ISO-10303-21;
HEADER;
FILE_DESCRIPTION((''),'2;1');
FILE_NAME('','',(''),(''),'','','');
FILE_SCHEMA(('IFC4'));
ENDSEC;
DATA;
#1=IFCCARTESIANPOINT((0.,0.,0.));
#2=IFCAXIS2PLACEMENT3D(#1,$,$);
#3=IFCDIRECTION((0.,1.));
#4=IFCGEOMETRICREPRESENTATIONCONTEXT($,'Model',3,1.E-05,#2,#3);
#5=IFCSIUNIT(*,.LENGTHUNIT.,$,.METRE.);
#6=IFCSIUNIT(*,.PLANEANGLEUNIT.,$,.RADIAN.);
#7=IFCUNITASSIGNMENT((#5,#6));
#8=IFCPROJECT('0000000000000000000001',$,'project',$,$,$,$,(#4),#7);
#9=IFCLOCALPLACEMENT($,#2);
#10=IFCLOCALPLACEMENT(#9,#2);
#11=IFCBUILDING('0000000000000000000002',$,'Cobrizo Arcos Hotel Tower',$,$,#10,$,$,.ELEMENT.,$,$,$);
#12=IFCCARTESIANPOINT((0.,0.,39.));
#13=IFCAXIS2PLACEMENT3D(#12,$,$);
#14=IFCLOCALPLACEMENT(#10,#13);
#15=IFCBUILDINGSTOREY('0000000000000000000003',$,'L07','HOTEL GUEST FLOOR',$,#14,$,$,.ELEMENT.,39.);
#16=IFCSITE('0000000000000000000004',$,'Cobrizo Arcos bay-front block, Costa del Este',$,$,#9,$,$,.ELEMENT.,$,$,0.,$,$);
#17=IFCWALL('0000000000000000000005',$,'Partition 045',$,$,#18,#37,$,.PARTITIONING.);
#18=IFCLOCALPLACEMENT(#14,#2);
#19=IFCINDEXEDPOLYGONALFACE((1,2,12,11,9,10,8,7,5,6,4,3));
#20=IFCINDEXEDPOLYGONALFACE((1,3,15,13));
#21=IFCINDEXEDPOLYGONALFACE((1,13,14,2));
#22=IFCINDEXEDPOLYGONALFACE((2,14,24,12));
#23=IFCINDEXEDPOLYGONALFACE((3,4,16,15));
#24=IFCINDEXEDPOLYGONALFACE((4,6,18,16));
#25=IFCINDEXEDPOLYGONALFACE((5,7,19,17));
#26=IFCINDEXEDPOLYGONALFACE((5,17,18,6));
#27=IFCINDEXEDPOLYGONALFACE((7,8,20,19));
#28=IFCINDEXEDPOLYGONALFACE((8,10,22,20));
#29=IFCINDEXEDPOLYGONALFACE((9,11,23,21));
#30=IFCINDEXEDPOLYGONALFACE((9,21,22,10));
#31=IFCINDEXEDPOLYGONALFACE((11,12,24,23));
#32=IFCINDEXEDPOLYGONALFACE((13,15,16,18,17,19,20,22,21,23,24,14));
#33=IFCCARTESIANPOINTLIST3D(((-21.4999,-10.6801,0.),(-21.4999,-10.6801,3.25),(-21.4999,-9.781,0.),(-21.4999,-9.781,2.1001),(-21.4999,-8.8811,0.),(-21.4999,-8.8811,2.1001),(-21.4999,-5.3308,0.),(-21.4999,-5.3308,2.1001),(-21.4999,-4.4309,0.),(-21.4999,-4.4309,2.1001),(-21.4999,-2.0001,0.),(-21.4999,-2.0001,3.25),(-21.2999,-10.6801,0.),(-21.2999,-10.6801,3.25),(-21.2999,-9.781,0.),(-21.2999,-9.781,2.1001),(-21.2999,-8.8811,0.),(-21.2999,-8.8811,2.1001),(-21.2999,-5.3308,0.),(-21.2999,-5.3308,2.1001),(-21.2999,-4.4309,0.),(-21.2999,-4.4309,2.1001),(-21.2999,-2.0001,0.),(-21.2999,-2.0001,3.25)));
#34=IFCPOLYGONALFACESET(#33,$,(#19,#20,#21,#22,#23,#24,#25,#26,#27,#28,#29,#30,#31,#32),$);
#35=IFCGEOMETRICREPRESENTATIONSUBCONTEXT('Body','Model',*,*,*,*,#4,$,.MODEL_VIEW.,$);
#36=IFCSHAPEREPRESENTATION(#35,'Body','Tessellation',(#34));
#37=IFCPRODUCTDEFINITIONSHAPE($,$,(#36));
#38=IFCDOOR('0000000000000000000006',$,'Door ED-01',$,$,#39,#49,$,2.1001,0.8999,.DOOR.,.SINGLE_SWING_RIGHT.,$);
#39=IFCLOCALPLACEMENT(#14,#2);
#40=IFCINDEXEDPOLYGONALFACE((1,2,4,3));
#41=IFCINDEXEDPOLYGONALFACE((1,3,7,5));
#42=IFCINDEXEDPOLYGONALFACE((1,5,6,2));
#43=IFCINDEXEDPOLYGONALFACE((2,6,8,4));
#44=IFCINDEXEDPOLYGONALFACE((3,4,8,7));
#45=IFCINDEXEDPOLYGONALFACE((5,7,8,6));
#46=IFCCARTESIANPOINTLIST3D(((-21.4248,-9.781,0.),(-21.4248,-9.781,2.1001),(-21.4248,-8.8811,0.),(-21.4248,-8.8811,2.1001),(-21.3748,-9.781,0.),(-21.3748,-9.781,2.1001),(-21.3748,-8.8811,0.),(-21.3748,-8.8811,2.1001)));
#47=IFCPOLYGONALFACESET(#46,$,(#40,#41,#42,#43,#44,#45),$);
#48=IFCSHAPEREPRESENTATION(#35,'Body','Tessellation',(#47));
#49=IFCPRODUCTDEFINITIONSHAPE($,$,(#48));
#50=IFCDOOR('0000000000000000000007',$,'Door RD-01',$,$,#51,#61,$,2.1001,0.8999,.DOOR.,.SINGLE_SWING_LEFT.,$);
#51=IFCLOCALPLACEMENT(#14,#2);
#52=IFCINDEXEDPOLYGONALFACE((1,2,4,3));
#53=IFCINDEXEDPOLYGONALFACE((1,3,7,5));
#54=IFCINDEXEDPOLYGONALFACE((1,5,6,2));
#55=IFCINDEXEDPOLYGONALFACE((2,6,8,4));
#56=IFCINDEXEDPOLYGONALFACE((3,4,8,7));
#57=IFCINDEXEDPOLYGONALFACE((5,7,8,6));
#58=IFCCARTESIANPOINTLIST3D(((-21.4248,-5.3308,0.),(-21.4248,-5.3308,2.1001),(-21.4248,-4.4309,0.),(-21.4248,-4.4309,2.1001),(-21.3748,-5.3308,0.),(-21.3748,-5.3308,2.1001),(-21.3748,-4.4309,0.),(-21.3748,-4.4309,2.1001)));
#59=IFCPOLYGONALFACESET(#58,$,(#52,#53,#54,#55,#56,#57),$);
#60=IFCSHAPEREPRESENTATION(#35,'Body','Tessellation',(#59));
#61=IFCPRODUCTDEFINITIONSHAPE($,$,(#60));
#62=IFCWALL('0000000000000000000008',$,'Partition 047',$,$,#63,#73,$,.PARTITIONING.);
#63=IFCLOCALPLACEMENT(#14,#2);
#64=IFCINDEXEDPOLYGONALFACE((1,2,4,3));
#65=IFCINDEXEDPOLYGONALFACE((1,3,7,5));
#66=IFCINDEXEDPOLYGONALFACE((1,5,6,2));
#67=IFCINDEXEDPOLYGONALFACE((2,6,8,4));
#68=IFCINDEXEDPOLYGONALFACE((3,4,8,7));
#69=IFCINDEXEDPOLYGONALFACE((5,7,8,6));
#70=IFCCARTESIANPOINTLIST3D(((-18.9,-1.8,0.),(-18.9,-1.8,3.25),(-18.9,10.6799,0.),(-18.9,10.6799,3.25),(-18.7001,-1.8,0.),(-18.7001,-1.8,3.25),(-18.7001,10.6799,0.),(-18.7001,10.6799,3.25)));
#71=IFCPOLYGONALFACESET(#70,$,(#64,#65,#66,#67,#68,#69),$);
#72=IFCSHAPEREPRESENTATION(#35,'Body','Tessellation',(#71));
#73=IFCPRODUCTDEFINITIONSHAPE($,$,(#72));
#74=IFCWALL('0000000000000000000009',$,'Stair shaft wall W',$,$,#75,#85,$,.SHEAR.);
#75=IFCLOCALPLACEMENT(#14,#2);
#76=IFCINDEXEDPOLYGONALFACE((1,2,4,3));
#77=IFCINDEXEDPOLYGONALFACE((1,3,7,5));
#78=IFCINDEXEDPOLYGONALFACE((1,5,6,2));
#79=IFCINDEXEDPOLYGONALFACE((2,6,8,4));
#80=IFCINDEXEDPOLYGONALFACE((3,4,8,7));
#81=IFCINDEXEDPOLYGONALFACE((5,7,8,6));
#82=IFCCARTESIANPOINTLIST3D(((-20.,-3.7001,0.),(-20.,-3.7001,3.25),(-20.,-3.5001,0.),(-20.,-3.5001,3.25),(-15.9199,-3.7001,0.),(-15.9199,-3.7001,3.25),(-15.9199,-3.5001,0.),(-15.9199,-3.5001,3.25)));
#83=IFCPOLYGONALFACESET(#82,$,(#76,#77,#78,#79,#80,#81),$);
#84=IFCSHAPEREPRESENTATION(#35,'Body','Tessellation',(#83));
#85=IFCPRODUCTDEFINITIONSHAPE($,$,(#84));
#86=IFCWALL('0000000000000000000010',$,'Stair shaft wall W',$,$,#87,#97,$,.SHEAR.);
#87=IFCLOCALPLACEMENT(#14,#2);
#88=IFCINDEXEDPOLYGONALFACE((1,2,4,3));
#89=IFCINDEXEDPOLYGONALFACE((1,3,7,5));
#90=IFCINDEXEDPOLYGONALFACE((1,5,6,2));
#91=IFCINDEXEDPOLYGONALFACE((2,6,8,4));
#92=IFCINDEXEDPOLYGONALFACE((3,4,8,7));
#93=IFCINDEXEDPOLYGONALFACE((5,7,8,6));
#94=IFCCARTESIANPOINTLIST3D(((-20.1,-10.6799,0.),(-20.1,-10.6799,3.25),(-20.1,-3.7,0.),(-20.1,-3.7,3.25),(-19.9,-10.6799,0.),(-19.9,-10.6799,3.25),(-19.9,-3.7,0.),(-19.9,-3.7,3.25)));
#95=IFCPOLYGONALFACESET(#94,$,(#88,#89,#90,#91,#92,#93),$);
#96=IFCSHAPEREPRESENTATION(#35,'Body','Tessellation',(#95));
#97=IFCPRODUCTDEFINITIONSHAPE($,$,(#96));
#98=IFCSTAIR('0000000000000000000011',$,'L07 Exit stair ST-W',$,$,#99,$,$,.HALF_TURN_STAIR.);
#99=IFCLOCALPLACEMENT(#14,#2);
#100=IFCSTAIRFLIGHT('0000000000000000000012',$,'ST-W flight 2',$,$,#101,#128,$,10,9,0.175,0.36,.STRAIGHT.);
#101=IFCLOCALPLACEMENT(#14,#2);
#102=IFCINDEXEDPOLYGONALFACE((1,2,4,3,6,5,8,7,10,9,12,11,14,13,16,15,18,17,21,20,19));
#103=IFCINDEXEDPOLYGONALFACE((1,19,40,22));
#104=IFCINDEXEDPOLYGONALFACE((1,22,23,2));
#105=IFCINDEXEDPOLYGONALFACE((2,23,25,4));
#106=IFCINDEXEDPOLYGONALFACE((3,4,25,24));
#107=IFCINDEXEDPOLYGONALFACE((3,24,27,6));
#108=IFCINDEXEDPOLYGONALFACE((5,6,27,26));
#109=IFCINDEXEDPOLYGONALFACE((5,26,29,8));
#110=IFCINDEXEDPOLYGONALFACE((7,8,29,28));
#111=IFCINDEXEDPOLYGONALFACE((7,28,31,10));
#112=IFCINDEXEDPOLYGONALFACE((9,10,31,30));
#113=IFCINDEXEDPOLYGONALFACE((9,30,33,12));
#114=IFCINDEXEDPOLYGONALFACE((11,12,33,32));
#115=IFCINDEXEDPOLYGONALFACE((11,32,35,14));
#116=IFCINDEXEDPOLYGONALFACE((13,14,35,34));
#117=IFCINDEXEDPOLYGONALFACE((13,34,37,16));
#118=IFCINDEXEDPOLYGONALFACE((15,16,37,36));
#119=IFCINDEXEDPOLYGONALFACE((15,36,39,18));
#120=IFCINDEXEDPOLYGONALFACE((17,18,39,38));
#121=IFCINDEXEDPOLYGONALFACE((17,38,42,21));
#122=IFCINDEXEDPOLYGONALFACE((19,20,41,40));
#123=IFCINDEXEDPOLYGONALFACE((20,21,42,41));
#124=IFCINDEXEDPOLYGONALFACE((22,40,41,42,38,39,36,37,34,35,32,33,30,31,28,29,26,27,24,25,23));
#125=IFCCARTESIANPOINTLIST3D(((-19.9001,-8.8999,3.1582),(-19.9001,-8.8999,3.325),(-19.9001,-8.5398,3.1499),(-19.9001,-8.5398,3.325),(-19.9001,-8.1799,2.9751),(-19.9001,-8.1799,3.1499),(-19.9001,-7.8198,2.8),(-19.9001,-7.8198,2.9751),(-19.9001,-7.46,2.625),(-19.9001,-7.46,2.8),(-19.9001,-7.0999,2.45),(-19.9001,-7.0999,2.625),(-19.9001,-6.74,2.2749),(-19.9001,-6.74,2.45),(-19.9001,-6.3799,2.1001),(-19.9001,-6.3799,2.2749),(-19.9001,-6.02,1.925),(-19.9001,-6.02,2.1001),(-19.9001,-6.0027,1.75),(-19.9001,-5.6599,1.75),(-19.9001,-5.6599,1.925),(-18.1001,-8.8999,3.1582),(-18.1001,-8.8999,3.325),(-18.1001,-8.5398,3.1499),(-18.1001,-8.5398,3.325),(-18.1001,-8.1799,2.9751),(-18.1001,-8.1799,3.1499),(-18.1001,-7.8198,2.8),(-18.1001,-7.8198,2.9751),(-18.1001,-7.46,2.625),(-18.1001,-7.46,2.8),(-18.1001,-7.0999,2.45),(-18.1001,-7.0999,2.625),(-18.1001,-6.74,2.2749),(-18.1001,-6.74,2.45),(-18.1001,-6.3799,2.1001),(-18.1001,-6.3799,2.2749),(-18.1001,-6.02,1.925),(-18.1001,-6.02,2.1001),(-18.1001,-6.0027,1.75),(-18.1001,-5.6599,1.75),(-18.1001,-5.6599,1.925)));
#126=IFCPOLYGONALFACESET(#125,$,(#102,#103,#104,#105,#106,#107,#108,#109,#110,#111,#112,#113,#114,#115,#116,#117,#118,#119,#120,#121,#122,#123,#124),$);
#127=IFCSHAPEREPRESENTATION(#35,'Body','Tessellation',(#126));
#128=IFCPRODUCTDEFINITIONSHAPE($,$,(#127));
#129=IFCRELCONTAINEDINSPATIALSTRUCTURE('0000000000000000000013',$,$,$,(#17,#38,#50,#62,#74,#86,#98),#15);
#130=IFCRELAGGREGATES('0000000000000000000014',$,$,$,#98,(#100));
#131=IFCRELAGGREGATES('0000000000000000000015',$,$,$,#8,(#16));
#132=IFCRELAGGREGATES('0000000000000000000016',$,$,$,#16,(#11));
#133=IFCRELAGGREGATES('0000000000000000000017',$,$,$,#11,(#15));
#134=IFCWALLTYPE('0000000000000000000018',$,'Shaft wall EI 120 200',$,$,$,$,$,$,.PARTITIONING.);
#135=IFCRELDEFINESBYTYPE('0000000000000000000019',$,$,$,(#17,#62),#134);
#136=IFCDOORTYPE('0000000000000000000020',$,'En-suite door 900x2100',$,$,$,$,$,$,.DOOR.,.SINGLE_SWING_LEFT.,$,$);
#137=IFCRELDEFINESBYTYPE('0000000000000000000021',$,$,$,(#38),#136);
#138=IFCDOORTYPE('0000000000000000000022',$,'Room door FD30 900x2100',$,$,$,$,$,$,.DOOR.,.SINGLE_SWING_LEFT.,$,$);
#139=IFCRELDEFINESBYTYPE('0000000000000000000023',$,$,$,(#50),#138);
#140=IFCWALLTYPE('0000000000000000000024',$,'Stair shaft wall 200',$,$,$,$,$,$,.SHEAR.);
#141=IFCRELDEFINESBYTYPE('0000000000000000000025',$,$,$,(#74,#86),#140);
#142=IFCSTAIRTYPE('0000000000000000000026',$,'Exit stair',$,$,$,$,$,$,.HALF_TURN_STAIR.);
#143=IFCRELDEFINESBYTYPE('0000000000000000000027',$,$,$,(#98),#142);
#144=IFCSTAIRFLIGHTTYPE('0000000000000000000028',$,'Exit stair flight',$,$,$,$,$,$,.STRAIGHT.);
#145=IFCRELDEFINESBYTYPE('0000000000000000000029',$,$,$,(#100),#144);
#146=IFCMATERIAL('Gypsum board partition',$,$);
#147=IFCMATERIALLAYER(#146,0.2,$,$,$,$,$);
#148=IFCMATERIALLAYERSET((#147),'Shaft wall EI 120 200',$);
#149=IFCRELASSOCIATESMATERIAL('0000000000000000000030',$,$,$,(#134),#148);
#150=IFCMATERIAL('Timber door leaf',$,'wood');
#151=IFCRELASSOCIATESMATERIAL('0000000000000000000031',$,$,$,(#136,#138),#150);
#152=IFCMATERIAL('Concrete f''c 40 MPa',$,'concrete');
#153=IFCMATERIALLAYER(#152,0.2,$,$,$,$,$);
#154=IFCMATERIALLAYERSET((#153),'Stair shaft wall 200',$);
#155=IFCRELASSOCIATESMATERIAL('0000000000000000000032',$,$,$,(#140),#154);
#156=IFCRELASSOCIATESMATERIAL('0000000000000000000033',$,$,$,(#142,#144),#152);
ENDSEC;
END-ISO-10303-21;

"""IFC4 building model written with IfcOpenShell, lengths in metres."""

from ifc_helpers import new_model, si_unit, direction, frame, frame_2d, origin, place, context, subcontext, project, spatial, polyline, rectangle, outline, extrude, material, layer, layer_set, type_object, element, fill, aggregate, save


model = new_model("IFC4")

# Units and contexts
model_context = context("Model", 3, precision=1e-05, world=origin(), true_north=direction((0.0, 1.0)))
body_context = subcontext(model_context, "Body", "Model", "MODEL_VIEW")
ifc_project = project(units=[si_unit("LENGTHUNIT", "METRE"), si_unit("PLANEANGLEUNIT", "RADIAN")], contexts=[model_context])

# Site, building, storey
site_placement = place(None, origin())
site = spatial("IfcSite", under=ifc_project, at=site_placement, Name="Cobrizo Arcos bay-front block, Costa del Este", CompositionType="ELEMENT", RefElevation=0.0)
building_placement = place(site_placement, origin())
building = spatial("IfcBuilding", under=site, at=building_placement, Name="Cobrizo Arcos Hotel Tower", CompositionType="ELEMENT")
storey_placement = place(building_placement, frame((0.0, 0.0, 39.0)))
storey = spatial("IfcBuildingStorey", under=building, at=storey_placement, Name="L07", Description="HOTEL GUEST FLOOR", CompositionType="ELEMENT", Elevation=39.0)

# Shared definitions
ifc_material_1 = material(Name="Gypsum board partition")
ifc_layer_1 = layer(ifc_material_1, 0.2)
ifc_layer_set_1 = layer_set([ifc_layer_1], Name="Shaft wall EI 120 200")
wall_type_1 = type_object("IfcWallType", Name="Shaft wall EI 120 200", PredefinedType="PARTITIONING", material=ifc_layer_set_1)

# Wall, openings, doors
wall_1_placement = place(storey_placement, frame((-21.3999, -10.6799, 0.0), z_axis=(0.0, 0.0, 1.0), x_axis=(0.0, 1.0, 0.0)))
wall_1 = element("IfcWall", 1, at=wall_1_placement, inside=storey, type_object=wall_type_1, Name="Partition 045", PredefinedType="PARTITIONING", context=body_context, shape_type="SweptSolid", body=[
    extrude(rectangle(XDim=8.6799, YDim=0.2, at=frame_2d((4.3398, 0.0))), origin(), (0.0, 0.0, 1.0), 3.25),
])
opening_1_placement = place(wall_1_placement, frame((0.8989, 0.0, 0.0)))
opening_1 = element("IfcOpeningElement", 2, at=opening_1_placement, cuts=wall_1, PredefinedType="OPENING", context=body_context, shape_type="SweptSolid", body=[
    extrude(rectangle(XDim=0.8999, YDim=2.1001, at=frame_2d((0.45, 1.05))), frame((0.0, 0.1121, 0.0), z_axis=(0.0, -1.0, 0.0), x_axis=(1.0, 0.0, 0.0)), (0.0, 0.0, 1.0), 0.2239),
])
opening_2_placement = place(wall_1_placement, frame((5.3491, 0.0, 0.0)))
opening_2 = element("IfcOpeningElement", 3, at=opening_2_placement, cuts=wall_1, PredefinedType="OPENING", context=body_context, shape_type="SweptSolid", body=[
    extrude(rectangle(XDim=0.8999, YDim=2.1001, at=frame_2d((0.45, 1.05))), frame((0.0, 0.1121, 0.0), z_axis=(0.0, -1.0, 0.0), x_axis=(1.0, 0.0, 0.0)), (0.0, 0.0, 1.0), 0.2239),
])
ifc_material_2 = material(Name="Timber door leaf", Category="wood")
door_type_1 = type_object("IfcDoorType", Name="En-suite door 900x2100", OperationType="SINGLE_SWING_LEFT", PredefinedType="DOOR", material=ifc_material_2)
door_1_placement = place(opening_1_placement, origin())
door_1 = element("IfcDoor", 4, at=door_1_placement, inside=storey, type_object=door_type_1, Name="Door ED-01", OperationType="SINGLE_SWING_RIGHT", OverallHeight=2.1001, OverallWidth=0.8999, PredefinedType="DOOR", context=body_context, shape_type="SweptSolid", body=[
    extrude(rectangle(XDim=0.8999, YDim=2.1001, at=frame_2d((0.45, 1.05))), frame((0.0, 0.0249, 0.0), z_axis=(0.0, -1.0, 0.0), x_axis=(1.0, 0.0, 0.0)), (0.0, 0.0, 1.0), 0.05),
])
fill(opening_1, door_1)
door_type_2 = type_object("IfcDoorType", Name="Room door FD30 900x2100", OperationType="SINGLE_SWING_LEFT", PredefinedType="DOOR", material=ifc_material_2)
door_2_placement = place(opening_2_placement, origin())
door_2 = element("IfcDoor", 5, at=door_2_placement, inside=storey, type_object=door_type_2, Name="Door RD-01", OperationType="SINGLE_SWING_LEFT", OverallHeight=2.1001, OverallWidth=0.8999, PredefinedType="DOOR", context=body_context, shape_type="SweptSolid", body=[
    extrude(rectangle(XDim=0.8999, YDim=2.1001, at=frame_2d((0.45, 1.05))), frame((0.0, 0.0249, 0.0), z_axis=(0.0, -1.0, 0.0), x_axis=(1.0, 0.0, 0.0)), (0.0, 0.0, 1.0), 0.05),
])
fill(opening_2, door_2)

# Walls
wall_2_placement = place(storey_placement, frame((-18.8, -1.8, 0.0), z_axis=(0.0, 0.0, 1.0), x_axis=(0.0, 1.0, 0.0)))
element("IfcWall", 6, at=wall_2_placement, inside=storey, type_object=wall_type_1, Name="Partition 047", PredefinedType="PARTITIONING", context=body_context, shape_type="SweptSolid", body=[
    extrude(rectangle(XDim=12.48, YDim=0.2, at=frame_2d((6.24, 0.0))), origin(), (0.0, 0.0, 1.0), 3.25),
])
ifc_material_3 = material(Name="Concrete f'c 40 MPa", Category="concrete")
ifc_layer_2 = layer(ifc_material_3, 0.2)
ifc_layer_set_2 = layer_set([ifc_layer_2], Name="Stair shaft wall 200")
wall_type_2 = type_object("IfcWallType", Name="Stair shaft wall 200", PredefinedType="SHEAR", material=ifc_layer_set_2)
wall_3_placement = place(storey_placement, frame((-20.0, -3.6001, 0.0), z_axis=(0.0, 0.0, 1.0), x_axis=(1.0, 0.0, 0.0)))
element("IfcWall", 7, at=wall_3_placement, inside=storey, type_object=wall_type_2, Name="Stair shaft wall W", PredefinedType="SHEAR", context=body_context, shape_type="SweptSolid", body=[
    extrude(rectangle(XDim=4.0801, YDim=0.2, at=frame_2d((2.04, 0.0))), origin(), (0.0, 0.0, 1.0), 3.25),
])
wall_4_placement = place(storey_placement, frame((-20.0, -10.6799, 0.0), z_axis=(0.0, 0.0, 1.0), x_axis=(0.0, 1.0, 0.0)))
element("IfcWall", 8, at=wall_4_placement, inside=storey, type_object=wall_type_2, Name="Stair shaft wall W", PredefinedType="SHEAR", context=body_context, shape_type="SweptSolid", body=[
    extrude(rectangle(XDim=6.98, YDim=0.2, at=frame_2d((3.49, 0.0))), origin(), (0.0, 0.0, 1.0), 3.25),
])

# Stair, stair flight
stair_type = type_object("IfcStairType", Name="Exit stair", PredefinedType="HALF_TURN_STAIR", material=ifc_material_3)
stair_placement = place(storey_placement, origin())
stair = element("IfcStair", 9, at=stair_placement, inside=storey, type_object=stair_type, Name="L07 Exit stair ST-W", PredefinedType="HALF_TURN_STAIR")
stair_flight_type = type_object("IfcStairFlightType", Name="Exit stair flight", PredefinedType="STRAIGHT", material=ifc_material_3)
stair_flight_placement = place(storey_placement, frame((-19.0, -5.6599, 1.75), z_axis=(0.0, 0.0, 1.0), x_axis=(0.0, -1.0, 0.0)))
stair_flight = element("IfcStairFlight", 10, at=stair_flight_placement, type_object=stair_flight_type, Name="ST-W flight 2", NumberOfRisers=10, NumberOfTreads=9, PredefinedType="STRAIGHT", RiserHeight=0.175, TreadLength=0.36, context=body_context, shape_type="SweptSolid", body=[
    extrude(outline(polyline([(0.0, 0.0), (0.0, 0.175), (0.3601, 0.175), (0.3601, 0.3501), (0.72, 0.3501), (0.72, 0.5249), (1.0801, 0.5249), (1.0801, 0.7), (1.4399, 0.7), (1.4399, 0.875), (1.8, 0.875), (1.8, 1.05), (2.1599, 1.05), (2.1599, 1.2251), (2.52, 1.2251), (2.52, 1.3999), (2.8799, 1.3999), (2.8799, 1.575), (3.24, 1.575), (3.24, 1.75), (3.24, 1.4082), (0.3428, 0.0), (0.0, 0.0)])), frame((0.0, 0.8999, 0.0), z_axis=(0.0, -1.0, 0.0), x_axis=(1.0, 0.0, 0.0)), (0.0, 0.0, 1.0), 1.8),
])
aggregate(stair, [stair_flight])

save(model, "model.ifc")
